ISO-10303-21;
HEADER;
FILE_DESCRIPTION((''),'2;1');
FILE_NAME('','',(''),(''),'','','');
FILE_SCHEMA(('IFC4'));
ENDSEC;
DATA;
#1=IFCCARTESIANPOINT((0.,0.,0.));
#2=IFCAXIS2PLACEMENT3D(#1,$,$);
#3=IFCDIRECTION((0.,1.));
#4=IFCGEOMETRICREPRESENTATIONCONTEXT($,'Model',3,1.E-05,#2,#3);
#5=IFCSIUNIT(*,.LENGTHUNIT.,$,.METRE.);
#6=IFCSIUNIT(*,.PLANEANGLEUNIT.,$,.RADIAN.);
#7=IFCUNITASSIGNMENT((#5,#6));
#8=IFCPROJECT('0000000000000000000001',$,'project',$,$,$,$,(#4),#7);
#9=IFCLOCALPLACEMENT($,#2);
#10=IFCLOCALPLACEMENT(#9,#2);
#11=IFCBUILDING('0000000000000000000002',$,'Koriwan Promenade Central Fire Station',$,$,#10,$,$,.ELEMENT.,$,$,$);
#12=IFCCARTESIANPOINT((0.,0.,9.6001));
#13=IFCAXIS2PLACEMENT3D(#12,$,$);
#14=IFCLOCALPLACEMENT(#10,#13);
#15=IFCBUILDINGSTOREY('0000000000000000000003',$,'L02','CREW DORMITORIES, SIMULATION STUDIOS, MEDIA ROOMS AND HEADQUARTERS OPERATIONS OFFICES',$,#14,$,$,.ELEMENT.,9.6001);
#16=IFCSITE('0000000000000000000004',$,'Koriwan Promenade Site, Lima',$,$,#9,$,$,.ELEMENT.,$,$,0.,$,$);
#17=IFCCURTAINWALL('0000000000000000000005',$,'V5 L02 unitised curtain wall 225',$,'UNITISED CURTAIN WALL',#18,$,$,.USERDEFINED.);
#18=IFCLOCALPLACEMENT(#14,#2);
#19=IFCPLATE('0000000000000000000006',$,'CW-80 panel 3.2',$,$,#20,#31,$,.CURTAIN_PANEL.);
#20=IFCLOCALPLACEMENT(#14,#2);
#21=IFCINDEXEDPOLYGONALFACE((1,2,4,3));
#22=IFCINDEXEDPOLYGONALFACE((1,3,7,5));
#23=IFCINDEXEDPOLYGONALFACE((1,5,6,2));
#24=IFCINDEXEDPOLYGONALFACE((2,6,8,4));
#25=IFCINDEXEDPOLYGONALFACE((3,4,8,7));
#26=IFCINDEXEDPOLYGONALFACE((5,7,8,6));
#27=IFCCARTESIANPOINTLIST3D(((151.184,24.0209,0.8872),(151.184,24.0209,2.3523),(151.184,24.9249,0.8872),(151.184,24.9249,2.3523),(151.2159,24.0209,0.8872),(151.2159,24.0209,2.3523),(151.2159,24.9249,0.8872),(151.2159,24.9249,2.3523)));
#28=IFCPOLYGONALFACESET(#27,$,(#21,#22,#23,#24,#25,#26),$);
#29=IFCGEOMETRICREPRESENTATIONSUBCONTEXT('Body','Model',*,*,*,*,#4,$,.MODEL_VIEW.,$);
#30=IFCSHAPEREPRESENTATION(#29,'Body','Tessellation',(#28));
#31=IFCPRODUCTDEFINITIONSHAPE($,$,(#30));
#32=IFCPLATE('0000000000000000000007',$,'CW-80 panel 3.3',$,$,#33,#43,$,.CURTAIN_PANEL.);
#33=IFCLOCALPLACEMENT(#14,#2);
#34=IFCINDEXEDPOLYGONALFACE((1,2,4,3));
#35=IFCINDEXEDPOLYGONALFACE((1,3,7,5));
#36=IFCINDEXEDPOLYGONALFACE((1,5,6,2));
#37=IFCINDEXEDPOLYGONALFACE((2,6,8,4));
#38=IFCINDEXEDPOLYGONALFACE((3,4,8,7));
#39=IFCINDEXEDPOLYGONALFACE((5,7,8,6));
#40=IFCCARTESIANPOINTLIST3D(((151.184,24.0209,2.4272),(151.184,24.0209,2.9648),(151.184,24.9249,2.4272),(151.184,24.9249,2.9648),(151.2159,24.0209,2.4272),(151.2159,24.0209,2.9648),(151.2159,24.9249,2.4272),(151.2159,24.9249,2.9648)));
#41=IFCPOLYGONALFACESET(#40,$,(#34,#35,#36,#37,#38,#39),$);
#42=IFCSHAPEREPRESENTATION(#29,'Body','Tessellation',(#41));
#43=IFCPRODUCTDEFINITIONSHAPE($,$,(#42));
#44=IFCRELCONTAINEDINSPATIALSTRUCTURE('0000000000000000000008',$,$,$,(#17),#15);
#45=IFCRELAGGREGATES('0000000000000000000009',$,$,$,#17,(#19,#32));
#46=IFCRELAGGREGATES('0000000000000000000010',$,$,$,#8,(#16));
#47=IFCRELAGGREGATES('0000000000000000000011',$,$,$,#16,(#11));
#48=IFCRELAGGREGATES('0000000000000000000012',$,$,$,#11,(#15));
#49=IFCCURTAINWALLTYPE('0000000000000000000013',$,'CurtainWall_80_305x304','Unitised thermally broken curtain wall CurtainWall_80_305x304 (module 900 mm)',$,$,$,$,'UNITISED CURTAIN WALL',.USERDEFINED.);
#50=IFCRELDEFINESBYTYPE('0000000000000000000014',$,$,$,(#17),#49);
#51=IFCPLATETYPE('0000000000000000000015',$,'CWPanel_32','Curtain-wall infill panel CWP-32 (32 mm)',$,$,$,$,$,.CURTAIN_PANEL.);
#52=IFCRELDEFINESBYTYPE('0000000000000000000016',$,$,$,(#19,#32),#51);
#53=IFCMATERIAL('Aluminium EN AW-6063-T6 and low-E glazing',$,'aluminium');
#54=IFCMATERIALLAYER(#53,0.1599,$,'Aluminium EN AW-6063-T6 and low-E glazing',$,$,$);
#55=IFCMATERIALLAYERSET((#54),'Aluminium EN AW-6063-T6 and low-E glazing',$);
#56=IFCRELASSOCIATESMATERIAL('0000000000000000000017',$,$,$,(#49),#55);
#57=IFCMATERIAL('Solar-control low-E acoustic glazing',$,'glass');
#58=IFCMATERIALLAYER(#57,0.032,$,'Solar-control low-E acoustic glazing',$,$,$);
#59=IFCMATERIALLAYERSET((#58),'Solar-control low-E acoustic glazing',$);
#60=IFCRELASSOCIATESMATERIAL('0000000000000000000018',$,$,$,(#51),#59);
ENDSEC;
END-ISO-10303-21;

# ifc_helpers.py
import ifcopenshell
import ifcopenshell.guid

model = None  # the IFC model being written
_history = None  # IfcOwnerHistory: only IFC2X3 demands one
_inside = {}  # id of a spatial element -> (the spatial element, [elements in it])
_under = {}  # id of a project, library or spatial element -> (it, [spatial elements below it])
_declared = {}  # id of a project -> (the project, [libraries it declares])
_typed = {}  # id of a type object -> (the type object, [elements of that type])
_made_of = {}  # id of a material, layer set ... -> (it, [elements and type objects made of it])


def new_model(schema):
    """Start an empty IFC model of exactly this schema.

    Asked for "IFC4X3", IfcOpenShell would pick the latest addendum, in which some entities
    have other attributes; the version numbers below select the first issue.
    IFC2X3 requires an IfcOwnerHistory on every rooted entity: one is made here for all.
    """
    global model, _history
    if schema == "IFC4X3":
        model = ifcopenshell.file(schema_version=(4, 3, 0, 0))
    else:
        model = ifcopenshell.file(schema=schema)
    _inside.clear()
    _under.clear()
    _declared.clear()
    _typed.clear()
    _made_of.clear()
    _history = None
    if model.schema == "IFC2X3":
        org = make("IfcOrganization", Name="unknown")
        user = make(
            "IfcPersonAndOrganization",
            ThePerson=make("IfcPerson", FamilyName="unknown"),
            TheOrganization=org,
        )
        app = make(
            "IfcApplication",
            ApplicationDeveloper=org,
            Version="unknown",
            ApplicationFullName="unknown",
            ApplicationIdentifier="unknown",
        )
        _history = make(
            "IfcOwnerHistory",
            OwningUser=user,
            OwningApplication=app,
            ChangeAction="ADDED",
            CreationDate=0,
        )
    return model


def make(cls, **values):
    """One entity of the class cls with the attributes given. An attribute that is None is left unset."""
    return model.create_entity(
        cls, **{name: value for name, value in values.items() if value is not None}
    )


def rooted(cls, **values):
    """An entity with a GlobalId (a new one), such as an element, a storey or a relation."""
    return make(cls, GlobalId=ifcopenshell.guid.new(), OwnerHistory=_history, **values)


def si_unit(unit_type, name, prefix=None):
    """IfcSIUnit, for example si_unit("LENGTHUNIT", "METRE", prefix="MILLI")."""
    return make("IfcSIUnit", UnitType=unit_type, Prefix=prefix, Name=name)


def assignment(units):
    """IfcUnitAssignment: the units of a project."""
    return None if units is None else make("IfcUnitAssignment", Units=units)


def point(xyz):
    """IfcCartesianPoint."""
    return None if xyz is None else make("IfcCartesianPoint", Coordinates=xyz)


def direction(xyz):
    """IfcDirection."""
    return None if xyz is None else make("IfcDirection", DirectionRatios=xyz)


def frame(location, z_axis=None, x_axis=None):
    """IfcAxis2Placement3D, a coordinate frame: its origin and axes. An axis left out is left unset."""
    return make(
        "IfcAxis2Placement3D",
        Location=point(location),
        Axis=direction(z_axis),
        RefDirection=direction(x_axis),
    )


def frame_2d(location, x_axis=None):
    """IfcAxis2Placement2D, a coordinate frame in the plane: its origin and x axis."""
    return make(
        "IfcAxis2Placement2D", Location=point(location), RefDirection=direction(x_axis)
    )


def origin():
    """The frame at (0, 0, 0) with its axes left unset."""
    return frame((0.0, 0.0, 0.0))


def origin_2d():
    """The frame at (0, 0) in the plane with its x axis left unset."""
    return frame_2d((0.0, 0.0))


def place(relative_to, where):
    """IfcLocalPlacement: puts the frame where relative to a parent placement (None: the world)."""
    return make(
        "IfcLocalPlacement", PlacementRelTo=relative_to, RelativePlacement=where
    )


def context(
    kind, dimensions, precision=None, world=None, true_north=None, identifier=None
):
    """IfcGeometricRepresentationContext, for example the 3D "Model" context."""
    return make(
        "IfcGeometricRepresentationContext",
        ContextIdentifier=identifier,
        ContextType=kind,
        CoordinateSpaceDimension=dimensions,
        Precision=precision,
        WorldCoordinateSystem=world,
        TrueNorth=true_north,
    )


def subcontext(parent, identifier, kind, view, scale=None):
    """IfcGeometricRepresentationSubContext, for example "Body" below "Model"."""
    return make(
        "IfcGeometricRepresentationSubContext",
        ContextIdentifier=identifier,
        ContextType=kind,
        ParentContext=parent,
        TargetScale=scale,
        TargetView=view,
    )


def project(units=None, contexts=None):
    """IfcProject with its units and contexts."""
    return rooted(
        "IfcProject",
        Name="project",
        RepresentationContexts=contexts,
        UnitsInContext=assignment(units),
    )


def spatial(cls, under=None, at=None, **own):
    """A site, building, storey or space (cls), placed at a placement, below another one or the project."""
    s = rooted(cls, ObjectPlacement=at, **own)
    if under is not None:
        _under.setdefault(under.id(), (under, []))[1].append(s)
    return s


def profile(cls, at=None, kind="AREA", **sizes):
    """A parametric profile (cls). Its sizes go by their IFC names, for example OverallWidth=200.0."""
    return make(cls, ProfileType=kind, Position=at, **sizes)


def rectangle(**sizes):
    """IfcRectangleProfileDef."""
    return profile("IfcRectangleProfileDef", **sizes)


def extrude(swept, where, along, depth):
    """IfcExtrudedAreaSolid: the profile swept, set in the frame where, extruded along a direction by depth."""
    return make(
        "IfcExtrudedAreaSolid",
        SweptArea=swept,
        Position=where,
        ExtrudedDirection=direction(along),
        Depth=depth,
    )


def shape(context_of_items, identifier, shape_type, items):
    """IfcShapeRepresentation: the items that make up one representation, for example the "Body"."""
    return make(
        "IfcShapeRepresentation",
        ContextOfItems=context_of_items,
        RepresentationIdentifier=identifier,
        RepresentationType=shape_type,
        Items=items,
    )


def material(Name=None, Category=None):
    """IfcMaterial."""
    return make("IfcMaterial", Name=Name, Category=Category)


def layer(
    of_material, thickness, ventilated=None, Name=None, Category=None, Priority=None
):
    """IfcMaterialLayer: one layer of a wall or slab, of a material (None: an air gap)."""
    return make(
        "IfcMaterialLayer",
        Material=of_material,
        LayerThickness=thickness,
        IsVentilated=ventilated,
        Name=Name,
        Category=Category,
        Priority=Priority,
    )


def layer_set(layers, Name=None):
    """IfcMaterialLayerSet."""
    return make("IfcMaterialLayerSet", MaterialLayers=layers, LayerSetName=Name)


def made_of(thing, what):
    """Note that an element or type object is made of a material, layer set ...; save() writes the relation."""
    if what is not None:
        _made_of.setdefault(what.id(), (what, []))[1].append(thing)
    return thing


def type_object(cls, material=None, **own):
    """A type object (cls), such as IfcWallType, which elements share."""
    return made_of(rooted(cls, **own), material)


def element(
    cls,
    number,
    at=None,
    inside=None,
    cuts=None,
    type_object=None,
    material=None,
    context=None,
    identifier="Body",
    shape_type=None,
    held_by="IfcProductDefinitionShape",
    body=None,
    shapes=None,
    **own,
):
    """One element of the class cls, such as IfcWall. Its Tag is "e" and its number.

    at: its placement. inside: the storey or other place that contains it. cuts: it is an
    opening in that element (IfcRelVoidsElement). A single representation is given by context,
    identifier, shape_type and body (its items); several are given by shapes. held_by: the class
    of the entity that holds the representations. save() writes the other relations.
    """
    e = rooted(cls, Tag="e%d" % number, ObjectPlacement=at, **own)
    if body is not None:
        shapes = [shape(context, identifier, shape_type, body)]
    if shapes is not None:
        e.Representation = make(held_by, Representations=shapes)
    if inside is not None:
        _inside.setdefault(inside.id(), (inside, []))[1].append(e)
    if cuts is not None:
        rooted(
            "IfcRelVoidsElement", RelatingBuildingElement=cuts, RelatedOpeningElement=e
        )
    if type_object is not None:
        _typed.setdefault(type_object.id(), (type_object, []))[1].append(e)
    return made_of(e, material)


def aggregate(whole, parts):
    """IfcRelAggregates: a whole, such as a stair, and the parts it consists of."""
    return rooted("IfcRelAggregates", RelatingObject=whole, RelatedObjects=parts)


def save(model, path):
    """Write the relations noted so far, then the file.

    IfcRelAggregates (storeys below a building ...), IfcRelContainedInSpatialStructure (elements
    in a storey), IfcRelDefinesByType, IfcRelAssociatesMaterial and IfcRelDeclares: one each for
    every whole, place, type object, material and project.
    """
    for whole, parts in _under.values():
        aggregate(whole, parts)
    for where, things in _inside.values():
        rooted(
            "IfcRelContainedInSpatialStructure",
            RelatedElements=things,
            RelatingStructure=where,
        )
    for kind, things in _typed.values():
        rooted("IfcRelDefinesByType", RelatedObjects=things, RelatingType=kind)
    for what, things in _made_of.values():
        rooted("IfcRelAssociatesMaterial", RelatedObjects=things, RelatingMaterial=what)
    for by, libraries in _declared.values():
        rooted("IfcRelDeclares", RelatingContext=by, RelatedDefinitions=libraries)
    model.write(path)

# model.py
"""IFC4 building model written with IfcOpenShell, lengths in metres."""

from ifc_helpers import new_model, si_unit, direction, frame, origin, origin_2d, place, context, subcontext, project, spatial, rectangle, extrude, material, layer, layer_set, type_object, element, aggregate, save


model = new_model("IFC4")

# Units and contexts
model_context = context("Model", 3, precision=1e-05, world=origin(), true_north=direction((0.0, 1.0)))
body_context = subcontext(model_context, "Body", "Model", "MODEL_VIEW")
ifc_project = project(units=[si_unit("LENGTHUNIT", "METRE"), si_unit("PLANEANGLEUNIT", "RADIAN")], contexts=[model_context])

# Site, building, storey
site_placement = place(None, origin())
site = spatial("IfcSite", under=ifc_project, at=site_placement, Name="Koriwan Promenade Site, Lima", CompositionType="ELEMENT", RefElevation=0.0)
building_placement = place(site_placement, origin())
building = spatial("IfcBuilding", under=site, at=building_placement, Name="Koriwan Promenade Central Fire Station", CompositionType="ELEMENT")
storey_placement = place(building_placement, frame((0.0, 0.0, 9.6001)))
storey = spatial("IfcBuildingStorey", under=building, at=storey_placement, Name="L02", Description="CREW DORMITORIES, SIMULATION STUDIOS, MEDIA ROOMS AND HEADQUARTERS OPERATIONS OFFICES", CompositionType="ELEMENT", Elevation=9.6001)

# Shared definitions
ifc_material_1 = material(Name="Aluminium EN AW-6063-T6 and low-E glazing", Category="aluminium")

# Curtain wall
ifc_layer_1 = layer(ifc_material_1, 0.1599, Name="Aluminium EN AW-6063-T6 and low-E glazing")
ifc_layer_set_1 = layer_set([ifc_layer_1], Name="Aluminium EN AW-6063-T6 and low-E glazing")
curtain_wall_type_1 = type_object("IfcCurtainWallType", Name="CurtainWall_80_305x304", Description="Unitised thermally broken curtain wall CurtainWall_80_305x304 (module 900 mm)", ElementType="UNITISED CURTAIN WALL", PredefinedType="USERDEFINED", material=ifc_layer_set_1)
curtain_wall_1_placement = place(storey_placement, origin())
curtain_wall_1 = element("IfcCurtainWall", 1, at=curtain_wall_1_placement, inside=storey, type_object=curtain_wall_type_1, Name="V5 L02 unitised curtain wall 225", ObjectType="UNITISED CURTAIN WALL", PredefinedType="USERDEFINED")

# Plates
ifc_material_2 = material(Name="Solar-control low-E acoustic glazing", Category="glass")
ifc_layer_2 = layer(ifc_material_2, 0.032, Name="Solar-control low-E acoustic glazing")
ifc_layer_set_2 = layer_set([ifc_layer_2], Name="Solar-control low-E acoustic glazing")
plate_type_1 = type_object("IfcPlateType", Name="CWPanel_32", Description="Curtain-wall infill panel CWP-32 (32 mm)", PredefinedType="CURTAIN_PANEL", material=ifc_layer_set_2)
plate_1_placement = place(storey_placement, frame((151.2, 24.4729, 0.8872), z_axis=(0.0, 0.0, 1.0), x_axis=(0.0, 1.0, 0.0)))
plate_1 = element("IfcPlate", 2, at=plate_1_placement, type_object=plate_type_1, Name="CW-80 panel 3.2", PredefinedType="CURTAIN_PANEL", context=body_context, shape_type="SweptSolid", body=[
    extrude(rectangle(XDim=0.9041, YDim=0.032, at=origin_2d()), origin(), (0.0, 0.0, 1.0), 1.4651),
])
plate_2_placement = place(storey_placement, frame((151.2, 24.4729, 2.4272), z_axis=(0.0, 0.0, 1.0), x_axis=(0.0, 1.0, 0.0)))
plate_2 = element("IfcPlate", 3, at=plate_2_placement, type_object=plate_type_1, Name="CW-80 panel 3.3", PredefinedType="CURTAIN_PANEL", context=body_context, shape_type="SweptSolid", body=[
    extrude(rectangle(XDim=0.9041, YDim=0.032, at=origin_2d()), origin(), (0.0, 0.0, 1.0), 0.5376),
])
aggregate(curtain_wall_1, [plate_1, plate_2])

save(model, "model.ifc")
